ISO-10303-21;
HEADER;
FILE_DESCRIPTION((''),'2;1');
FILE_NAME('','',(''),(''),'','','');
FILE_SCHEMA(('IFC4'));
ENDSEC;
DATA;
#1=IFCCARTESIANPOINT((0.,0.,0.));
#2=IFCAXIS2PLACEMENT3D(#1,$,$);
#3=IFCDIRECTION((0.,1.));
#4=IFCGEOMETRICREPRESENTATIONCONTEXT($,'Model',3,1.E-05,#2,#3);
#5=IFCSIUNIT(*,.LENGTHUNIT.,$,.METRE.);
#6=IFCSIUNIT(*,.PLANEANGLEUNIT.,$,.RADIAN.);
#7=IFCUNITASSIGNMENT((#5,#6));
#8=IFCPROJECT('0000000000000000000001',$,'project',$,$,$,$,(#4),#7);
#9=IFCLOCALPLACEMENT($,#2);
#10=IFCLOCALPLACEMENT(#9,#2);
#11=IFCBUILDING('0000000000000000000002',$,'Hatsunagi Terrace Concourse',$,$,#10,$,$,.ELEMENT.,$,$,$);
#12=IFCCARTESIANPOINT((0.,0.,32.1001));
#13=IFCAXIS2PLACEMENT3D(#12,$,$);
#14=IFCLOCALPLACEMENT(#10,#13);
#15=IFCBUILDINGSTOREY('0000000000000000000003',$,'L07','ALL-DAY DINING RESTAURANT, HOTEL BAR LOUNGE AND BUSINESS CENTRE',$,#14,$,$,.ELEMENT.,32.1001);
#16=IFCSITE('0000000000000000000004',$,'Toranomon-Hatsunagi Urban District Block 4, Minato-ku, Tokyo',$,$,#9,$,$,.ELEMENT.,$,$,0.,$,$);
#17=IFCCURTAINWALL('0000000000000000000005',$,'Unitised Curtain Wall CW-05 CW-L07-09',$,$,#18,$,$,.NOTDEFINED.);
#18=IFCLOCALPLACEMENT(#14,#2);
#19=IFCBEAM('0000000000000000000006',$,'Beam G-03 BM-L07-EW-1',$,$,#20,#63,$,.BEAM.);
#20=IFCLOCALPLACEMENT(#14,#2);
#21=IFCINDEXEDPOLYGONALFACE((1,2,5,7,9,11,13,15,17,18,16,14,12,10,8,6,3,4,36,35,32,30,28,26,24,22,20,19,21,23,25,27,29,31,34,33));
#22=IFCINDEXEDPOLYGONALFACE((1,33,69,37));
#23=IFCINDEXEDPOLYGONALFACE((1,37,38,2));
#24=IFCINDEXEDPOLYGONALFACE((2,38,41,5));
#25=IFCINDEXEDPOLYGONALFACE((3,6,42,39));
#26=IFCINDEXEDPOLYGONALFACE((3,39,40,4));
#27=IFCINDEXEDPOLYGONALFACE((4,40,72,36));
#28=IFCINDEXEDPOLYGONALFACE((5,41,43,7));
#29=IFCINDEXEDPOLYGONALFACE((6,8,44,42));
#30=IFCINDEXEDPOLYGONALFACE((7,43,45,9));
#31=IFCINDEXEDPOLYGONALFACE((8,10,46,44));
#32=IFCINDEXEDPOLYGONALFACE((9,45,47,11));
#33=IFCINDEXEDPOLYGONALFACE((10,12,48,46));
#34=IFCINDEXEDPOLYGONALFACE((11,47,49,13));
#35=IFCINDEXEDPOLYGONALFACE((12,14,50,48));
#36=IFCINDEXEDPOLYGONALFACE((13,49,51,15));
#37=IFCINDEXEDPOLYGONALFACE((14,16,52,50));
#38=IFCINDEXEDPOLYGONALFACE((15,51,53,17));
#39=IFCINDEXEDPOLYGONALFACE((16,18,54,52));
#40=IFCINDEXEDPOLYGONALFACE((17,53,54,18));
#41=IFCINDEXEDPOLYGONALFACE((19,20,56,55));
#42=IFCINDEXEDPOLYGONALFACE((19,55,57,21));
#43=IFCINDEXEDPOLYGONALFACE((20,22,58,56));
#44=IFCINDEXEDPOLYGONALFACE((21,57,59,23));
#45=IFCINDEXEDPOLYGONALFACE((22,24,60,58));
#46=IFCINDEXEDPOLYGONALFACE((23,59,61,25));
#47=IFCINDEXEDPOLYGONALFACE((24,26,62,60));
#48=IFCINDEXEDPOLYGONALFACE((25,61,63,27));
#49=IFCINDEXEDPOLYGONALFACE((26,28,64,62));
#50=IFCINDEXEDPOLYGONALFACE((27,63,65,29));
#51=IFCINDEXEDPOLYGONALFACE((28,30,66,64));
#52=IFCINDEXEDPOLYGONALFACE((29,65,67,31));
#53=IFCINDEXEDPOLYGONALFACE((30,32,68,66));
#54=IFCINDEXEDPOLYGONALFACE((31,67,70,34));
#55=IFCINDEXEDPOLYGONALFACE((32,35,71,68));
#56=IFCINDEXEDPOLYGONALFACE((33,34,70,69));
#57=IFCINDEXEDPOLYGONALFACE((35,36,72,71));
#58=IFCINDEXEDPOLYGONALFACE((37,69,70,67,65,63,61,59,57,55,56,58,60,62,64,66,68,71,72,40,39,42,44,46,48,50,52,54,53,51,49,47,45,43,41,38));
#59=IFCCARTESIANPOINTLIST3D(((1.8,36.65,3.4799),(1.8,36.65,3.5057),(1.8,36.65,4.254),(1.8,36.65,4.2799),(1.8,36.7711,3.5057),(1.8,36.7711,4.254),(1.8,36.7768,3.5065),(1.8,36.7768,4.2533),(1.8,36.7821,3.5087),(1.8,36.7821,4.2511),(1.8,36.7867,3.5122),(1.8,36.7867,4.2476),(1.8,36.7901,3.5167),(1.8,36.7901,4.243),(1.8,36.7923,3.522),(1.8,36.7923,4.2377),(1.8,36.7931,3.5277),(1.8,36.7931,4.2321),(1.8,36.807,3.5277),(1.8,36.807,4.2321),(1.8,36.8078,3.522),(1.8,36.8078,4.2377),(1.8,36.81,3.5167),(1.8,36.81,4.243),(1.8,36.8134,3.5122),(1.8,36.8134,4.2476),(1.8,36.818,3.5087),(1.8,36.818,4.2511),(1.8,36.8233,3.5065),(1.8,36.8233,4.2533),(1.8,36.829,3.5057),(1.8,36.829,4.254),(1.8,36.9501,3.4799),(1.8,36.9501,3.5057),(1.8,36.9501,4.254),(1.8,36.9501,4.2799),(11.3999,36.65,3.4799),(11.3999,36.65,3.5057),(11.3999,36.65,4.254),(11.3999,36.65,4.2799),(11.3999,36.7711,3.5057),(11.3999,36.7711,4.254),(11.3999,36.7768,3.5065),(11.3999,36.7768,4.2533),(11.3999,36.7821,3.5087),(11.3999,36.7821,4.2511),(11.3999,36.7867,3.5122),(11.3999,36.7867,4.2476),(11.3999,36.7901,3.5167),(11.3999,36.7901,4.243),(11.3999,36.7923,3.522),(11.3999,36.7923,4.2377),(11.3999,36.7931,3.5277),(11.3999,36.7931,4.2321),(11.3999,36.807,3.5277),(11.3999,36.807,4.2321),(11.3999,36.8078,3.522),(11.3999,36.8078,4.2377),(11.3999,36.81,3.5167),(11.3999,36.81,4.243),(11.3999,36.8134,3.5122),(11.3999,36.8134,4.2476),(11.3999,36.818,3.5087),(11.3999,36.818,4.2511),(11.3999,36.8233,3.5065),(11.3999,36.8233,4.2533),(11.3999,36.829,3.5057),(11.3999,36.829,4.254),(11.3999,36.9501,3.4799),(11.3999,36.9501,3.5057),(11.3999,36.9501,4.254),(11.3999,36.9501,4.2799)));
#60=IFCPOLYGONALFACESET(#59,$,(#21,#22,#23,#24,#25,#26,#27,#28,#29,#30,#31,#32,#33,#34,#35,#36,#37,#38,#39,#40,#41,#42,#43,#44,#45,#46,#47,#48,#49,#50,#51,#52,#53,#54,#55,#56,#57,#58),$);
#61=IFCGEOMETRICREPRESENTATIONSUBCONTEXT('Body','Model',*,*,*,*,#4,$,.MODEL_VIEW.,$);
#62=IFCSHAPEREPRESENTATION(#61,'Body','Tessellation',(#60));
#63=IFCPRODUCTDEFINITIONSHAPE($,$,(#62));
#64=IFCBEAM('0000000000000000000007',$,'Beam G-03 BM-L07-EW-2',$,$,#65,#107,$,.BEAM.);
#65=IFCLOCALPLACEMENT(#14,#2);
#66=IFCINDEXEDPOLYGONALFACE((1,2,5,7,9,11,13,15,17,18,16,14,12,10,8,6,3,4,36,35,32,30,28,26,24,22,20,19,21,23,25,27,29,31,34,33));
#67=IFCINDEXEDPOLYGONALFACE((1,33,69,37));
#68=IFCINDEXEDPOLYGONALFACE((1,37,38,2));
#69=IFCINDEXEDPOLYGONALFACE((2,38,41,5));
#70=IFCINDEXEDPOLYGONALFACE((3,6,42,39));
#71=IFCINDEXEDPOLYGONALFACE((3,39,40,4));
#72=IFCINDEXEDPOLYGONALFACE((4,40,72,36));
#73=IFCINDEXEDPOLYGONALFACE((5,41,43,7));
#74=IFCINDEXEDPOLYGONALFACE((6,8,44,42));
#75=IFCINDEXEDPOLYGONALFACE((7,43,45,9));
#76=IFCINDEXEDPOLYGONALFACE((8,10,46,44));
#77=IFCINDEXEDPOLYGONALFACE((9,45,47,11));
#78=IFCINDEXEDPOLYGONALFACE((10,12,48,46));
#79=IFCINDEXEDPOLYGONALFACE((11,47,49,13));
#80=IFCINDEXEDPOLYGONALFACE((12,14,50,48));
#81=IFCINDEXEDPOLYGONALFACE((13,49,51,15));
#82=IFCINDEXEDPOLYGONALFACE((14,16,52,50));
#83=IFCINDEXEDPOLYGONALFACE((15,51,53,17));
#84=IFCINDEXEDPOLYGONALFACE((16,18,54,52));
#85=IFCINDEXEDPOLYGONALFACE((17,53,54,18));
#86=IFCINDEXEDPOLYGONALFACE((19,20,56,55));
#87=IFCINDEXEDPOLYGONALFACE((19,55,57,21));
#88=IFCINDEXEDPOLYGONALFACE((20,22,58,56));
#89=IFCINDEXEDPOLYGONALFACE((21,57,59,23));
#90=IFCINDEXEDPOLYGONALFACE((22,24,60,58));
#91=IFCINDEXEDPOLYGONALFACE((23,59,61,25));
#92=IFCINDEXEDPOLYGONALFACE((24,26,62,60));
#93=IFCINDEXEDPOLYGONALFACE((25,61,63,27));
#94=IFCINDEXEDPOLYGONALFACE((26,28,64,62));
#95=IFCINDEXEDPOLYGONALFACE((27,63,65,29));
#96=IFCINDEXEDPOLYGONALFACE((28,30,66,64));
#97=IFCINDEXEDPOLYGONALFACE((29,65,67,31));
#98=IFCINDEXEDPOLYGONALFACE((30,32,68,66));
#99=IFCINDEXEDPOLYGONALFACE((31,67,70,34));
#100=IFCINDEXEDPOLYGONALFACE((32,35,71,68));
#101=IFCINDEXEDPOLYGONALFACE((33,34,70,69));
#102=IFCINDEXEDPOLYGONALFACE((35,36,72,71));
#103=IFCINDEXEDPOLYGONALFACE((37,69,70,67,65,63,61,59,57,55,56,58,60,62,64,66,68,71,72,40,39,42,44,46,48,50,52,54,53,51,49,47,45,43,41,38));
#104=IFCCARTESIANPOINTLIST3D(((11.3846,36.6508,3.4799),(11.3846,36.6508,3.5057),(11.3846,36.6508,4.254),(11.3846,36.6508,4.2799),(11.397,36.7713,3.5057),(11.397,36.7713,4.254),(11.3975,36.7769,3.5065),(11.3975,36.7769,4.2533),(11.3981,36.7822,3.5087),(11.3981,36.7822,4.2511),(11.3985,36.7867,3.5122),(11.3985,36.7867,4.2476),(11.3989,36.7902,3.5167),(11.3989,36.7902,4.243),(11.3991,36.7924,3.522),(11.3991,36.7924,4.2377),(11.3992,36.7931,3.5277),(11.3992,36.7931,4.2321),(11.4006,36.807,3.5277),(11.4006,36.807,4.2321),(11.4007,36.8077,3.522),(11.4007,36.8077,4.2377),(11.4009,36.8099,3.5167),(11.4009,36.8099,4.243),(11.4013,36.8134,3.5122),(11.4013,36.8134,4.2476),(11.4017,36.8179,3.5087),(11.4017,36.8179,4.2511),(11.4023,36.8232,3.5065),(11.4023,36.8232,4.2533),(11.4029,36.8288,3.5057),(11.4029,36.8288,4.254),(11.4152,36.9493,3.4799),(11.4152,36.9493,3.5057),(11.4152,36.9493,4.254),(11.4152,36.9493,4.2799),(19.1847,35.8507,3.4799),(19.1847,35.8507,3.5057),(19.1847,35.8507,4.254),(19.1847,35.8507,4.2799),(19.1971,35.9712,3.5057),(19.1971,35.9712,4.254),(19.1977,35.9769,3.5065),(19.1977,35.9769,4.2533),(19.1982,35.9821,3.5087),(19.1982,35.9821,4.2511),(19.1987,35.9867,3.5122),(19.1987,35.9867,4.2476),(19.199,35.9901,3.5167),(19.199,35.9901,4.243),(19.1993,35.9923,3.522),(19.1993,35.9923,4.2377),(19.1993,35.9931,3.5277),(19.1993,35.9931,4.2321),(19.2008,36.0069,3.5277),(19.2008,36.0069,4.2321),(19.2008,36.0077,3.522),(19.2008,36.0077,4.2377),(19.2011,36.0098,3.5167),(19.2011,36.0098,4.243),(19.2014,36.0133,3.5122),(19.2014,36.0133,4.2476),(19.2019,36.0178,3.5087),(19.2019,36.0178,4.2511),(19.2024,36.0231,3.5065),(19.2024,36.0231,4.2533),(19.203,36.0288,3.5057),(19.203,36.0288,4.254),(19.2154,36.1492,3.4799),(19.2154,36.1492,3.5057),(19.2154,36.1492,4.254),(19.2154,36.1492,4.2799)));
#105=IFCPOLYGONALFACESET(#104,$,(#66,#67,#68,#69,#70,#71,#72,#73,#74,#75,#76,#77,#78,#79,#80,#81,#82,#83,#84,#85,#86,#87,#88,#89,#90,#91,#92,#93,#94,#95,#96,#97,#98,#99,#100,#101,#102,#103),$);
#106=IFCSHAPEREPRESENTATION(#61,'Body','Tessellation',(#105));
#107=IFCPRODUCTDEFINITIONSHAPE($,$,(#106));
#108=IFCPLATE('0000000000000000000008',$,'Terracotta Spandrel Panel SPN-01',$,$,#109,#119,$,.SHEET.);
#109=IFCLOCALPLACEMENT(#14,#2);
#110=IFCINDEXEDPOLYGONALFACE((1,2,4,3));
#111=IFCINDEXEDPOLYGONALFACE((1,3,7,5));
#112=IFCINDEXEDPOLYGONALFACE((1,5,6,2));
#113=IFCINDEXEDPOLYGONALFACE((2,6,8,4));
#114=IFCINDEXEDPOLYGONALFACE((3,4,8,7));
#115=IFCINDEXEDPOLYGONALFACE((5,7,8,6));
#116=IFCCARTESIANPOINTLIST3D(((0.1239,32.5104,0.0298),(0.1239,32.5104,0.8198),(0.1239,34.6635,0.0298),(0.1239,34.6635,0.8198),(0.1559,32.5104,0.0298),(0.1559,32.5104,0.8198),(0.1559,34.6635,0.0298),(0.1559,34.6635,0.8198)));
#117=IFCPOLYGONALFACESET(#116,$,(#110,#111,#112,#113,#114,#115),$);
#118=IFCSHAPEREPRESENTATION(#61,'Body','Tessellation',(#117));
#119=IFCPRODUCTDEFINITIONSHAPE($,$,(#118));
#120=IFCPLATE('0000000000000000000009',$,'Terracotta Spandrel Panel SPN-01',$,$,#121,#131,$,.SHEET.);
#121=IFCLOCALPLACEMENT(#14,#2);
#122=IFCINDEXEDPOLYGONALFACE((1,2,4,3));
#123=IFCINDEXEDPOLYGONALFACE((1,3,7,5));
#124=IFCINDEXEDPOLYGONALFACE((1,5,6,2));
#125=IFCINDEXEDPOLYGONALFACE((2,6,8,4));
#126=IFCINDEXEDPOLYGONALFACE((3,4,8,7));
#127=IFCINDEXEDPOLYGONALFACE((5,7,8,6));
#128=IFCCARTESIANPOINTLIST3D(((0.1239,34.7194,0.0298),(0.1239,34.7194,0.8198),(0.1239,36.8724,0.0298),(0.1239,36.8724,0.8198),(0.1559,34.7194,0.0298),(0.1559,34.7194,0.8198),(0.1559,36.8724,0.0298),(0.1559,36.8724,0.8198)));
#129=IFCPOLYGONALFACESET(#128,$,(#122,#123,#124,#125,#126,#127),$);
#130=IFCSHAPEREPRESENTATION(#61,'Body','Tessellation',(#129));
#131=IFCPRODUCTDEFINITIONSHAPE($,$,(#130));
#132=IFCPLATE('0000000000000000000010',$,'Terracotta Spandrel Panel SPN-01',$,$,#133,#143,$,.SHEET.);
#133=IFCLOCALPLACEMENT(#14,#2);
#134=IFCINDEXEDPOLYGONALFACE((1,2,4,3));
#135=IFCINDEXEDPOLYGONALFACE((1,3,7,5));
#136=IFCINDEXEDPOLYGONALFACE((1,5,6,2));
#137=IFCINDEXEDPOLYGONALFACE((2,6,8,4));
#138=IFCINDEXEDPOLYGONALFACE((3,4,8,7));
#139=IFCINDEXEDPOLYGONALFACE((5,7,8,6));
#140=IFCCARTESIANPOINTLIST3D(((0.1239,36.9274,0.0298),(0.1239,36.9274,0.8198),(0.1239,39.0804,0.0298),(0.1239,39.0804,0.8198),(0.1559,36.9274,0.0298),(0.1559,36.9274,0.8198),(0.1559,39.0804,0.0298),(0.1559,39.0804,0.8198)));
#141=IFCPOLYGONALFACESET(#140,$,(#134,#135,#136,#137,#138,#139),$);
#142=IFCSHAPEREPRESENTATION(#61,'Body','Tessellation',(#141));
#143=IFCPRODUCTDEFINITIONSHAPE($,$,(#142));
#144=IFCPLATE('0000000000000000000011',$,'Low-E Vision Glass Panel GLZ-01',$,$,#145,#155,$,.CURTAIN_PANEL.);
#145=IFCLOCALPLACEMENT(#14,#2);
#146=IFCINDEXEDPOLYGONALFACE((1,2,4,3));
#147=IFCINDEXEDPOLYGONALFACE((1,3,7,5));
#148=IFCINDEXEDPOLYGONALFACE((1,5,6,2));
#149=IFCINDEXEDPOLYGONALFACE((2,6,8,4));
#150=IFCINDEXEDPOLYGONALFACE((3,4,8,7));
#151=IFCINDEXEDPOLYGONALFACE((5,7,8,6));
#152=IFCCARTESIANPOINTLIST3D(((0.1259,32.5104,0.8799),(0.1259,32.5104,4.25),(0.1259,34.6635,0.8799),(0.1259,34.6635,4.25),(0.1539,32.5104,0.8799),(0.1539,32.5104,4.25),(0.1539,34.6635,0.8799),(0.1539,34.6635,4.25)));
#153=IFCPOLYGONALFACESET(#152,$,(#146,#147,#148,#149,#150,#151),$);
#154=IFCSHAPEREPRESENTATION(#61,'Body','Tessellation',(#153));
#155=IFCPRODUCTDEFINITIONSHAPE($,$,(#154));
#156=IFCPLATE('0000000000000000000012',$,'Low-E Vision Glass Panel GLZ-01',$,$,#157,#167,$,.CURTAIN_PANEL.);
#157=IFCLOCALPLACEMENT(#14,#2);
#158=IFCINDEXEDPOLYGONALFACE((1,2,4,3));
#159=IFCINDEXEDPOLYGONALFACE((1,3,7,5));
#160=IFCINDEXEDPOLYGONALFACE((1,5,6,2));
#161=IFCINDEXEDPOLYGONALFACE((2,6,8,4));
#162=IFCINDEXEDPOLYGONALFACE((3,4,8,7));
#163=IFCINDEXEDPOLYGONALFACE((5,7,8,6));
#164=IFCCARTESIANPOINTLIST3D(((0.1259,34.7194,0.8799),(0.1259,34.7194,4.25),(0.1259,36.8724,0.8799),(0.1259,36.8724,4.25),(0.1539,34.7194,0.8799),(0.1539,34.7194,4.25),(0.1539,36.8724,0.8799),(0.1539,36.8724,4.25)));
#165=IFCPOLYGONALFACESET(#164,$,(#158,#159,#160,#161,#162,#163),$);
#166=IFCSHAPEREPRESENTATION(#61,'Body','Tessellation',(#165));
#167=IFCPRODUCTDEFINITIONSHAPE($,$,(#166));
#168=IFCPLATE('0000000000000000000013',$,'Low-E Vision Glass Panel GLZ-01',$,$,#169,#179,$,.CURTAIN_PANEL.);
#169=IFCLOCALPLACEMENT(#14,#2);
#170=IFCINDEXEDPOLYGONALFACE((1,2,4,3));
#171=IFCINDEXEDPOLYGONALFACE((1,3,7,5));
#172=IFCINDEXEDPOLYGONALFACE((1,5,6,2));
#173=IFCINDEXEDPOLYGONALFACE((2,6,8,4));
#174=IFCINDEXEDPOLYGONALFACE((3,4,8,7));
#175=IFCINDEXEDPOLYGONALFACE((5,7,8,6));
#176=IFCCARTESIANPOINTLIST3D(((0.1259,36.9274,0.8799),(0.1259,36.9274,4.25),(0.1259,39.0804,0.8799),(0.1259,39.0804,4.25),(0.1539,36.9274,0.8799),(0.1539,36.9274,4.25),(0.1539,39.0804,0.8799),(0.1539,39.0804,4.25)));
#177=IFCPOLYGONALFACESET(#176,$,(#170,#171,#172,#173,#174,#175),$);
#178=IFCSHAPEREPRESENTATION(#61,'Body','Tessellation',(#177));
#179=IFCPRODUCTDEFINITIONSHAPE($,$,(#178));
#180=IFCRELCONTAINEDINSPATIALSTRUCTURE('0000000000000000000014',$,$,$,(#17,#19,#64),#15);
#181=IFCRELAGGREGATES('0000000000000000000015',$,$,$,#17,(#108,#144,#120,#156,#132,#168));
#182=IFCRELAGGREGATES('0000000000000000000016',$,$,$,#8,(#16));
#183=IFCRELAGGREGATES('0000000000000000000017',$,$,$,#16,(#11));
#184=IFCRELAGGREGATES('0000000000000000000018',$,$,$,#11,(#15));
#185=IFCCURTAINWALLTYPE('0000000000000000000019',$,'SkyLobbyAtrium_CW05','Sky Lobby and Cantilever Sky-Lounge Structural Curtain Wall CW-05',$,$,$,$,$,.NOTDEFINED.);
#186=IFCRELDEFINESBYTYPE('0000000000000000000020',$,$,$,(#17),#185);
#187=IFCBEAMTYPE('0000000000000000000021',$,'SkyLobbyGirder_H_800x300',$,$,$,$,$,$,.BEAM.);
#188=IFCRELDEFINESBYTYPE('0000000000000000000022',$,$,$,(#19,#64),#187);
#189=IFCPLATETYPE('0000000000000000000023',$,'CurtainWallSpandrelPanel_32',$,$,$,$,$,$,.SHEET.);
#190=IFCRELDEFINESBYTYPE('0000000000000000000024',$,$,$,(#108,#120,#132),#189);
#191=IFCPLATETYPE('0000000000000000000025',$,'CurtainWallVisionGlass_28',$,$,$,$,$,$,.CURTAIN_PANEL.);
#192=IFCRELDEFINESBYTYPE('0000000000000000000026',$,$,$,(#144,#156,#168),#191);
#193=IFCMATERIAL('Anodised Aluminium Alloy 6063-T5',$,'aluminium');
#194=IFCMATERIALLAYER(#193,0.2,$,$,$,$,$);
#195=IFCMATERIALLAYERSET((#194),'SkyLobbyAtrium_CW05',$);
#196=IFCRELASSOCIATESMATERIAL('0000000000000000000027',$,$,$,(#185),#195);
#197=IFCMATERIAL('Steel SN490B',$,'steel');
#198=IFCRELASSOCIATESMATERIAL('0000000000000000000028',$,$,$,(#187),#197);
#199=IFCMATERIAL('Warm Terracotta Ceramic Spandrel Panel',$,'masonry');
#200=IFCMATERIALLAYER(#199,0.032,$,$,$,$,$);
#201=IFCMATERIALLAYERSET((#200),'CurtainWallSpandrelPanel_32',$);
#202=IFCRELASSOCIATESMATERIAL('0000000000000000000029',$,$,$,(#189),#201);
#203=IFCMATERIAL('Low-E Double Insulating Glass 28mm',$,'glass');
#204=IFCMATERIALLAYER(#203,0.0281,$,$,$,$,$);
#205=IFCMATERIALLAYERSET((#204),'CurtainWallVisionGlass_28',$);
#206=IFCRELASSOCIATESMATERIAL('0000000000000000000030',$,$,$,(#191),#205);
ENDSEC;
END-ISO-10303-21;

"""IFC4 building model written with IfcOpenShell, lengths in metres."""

from ifc_helpers import new_model, si_unit, direction, frame, origin, origin_2d, place, context, subcontext, project, spatial, rectangle, i_section, extrude, material, layer, layer_set, material_profile, profile_set, type_object, element, aggregate, save


model = new_model("IFC4")

# Units and contexts
model_context = context("Model", 3, precision=1e-05, world=origin(), true_north=direction((0.0, 1.0)))
body_context = subcontext(model_context, "Body", "Model", "MODEL_VIEW")
ifc_project = project(units=[si_unit("LENGTHUNIT", "METRE"), si_unit("PLANEANGLEUNIT", "RADIAN")], contexts=[model_context])

# Site, building, storey
site_placement = place(None, origin())
site = spatial("IfcSite", under=ifc_project, at=site_placement, Name="Toranomon-Hatsunagi Urban District Block 4, Minato-ku, Tokyo", CompositionType="ELEMENT", RefElevation=0.0)
building_placement = place(site_placement, origin())
building = spatial("IfcBuilding", under=site, at=building_placement, Name="Hatsunagi Terrace Concourse", CompositionType="ELEMENT")
storey_placement = place(building_placement, frame((0.0, 0.0, 32.1001)))
storey = spatial("IfcBuildingStorey", under=building, at=storey_placement, Name="L07", Description="ALL-DAY DINING RESTAURANT, HOTEL BAR LOUNGE AND BUSINESS CENTRE", CompositionType="ELEMENT", Elevation=32.1001)

# Curtain wall
ifc_material_1 = material(Name="Anodised Aluminium Alloy 6063-T5", Category="aluminium")
ifc_layer_1 = layer(ifc_material_1, 0.2)
ifc_layer_set_1 = layer_set([ifc_layer_1], Name="SkyLobbyAtrium_CW05")
curtain_wall_type = type_object("IfcCurtainWallType", Name="SkyLobbyAtrium_CW05", Description="Sky Lobby and Cantilever Sky-Lounge Structural Curtain Wall CW-05", PredefinedType="NOTDEFINED", material=ifc_layer_set_1)
curtain_wall_placement = place(storey_placement, origin())
curtain_wall = element("IfcCurtainWall", 1, at=curtain_wall_placement, inside=storey, type_object=curtain_wall_type, Name="Unitised Curtain Wall CW-05 CW-L07-09", PredefinedType="NOTDEFINED")

# Beams
ifc_material_2 = material(Name="Steel SN490B", Category="steel")
ifc_material_profile_1 = material_profile(ifc_material_2, i_section(OverallWidth=0.3, OverallDepth=0.8, WebThickness=0.0139, FlangeThickness=0.0259, FilletRadius=0.022, at=origin_2d()), Name="H-800x300x14x26")
ifc_profile_set_1 = profile_set([ifc_material_profile_1], Name="Steel SN490B")
beam_type_1 = type_object("IfcBeamType", Name="SkyLobbyGirder_H_800x300", PredefinedType="BEAM", material=ifc_profile_set_1)
beam_1_placement = place(storey_placement, frame((1.8, 36.8, 3.8799), z_axis=(1.0, 0.0, 0.0), x_axis=(0.0, 1.0, 0.0)))
element("IfcBeam", 2, at=beam_1_placement, inside=storey, type_object=beam_type_1, Name="Beam G-03 BM-L07-EW-1", PredefinedType="BEAM", context=body_context, shape_type="SweptSolid", body=[
    extrude(i_section(OverallWidth=0.3, OverallDepth=0.8, WebThickness=0.0139, FlangeThickness=0.0259, FilletRadius=0.022, at=origin_2d()), origin(), (0.0, 0.0, 1.0), 9.5999),
])
beam_2_placement = place(storey_placement, frame((11.3999, 36.8, 3.8799), z_axis=(0.994781, -0.102034, 0.0), x_axis=(0.102034, 0.994781, 0.0)))
element("IfcBeam", 3, at=beam_2_placement, inside=storey, type_object=beam_type_1, Name="Beam G-03 BM-L07-EW-2", PredefinedType="BEAM", context=body_context, shape_type="SweptSolid", body=[
    extrude(i_section(OverallWidth=0.3, OverallDepth=0.8, WebThickness=0.0139, FlangeThickness=0.0259, FilletRadius=0.022, at=origin_2d()), origin(), (0.0, 0.0, 1.0), 7.8411),
])

# Plates
ifc_material_3 = material(Name="Warm Terracotta Ceramic Spandrel Panel", Category="masonry")
ifc_layer_2 = layer(ifc_material_3, 0.032)
ifc_layer_set_2 = layer_set([ifc_layer_2], Name="CurtainWallSpandrelPanel_32")
plate_type_1 = type_object("IfcPlateType", Name="CurtainWallSpandrelPanel_32", PredefinedType="SHEET", material=ifc_layer_set_2)
plate_1_placement = place(storey_placement, frame((0.1399, 33.5869, 0.0298), z_axis=(0.0, 0.0, 1.0), x_axis=(0.0, 1.0, 0.0)))
plate_1 = element("IfcPlate", 4, at=plate_1_placement, type_object=plate_type_1, Name="Terracotta Spandrel Panel SPN-01", PredefinedType="SHEET", context=body_context, shape_type="SweptSolid", body=[
    extrude(rectangle(XDim=2.1531, YDim=0.032, at=origin_2d()), origin(), (0.0, 0.0, 1.0), 0.79),
])
plate_2_placement = place(storey_placement, frame((0.1399, 35.7959, 0.0298), z_axis=(0.0, 0.0, 1.0), x_axis=(0.0, 1.0, 0.0)))
plate_2 = element("IfcPlate", 5, at=plate_2_placement, type_object=plate_type_1, Name="Terracotta Spandrel Panel SPN-01", PredefinedType="SHEET", context=body_context, shape_type="SweptSolid", body=[
    extrude(rectangle(XDim=2.1531, YDim=0.032, at=origin_2d()), origin(), (0.0, 0.0, 1.0), 0.79),
])
plate_3_placement = place(storey_placement, frame((0.1399, 38.0039, 0.0298), z_axis=(0.0, 0.0, 1.0), x_axis=(0.0, 1.0, 0.0)))
plate_3 = element("IfcPlate", 6, at=plate_3_placement, type_object=plate_type_1, Name="Terracotta Spandrel Panel SPN-01", PredefinedType="SHEET", context=body_context, shape_type="SweptSolid", body=[
    extrude(rectangle(XDim=2.1531, YDim=0.032, at=origin_2d()), origin(), (0.0, 0.0, 1.0), 0.79),
])
ifc_material_4 = material(Name="Low-E Double Insulating Glass 28mm", Category="glass")
ifc_layer_3 = layer(ifc_material_4, 0.0281)
ifc_layer_set_3 = layer_set([ifc_layer_3], Name="CurtainWallVisionGlass_28")
plate_type_2 = type_object("IfcPlateType", Name="CurtainWallVisionGlass_28", PredefinedType="CURTAIN_PANEL", material=ifc_layer_set_3)
plate_4_placement = place(storey_placement, frame((0.1399, 33.5869, 0.8799), z_axis=(0.0, 0.0, 1.0), x_axis=(0.0, 1.0, 0.0)))
plate_4 = element("IfcPlate", 7, at=plate_4_placement, type_object=plate_type_2, Name="Low-E Vision Glass Panel GLZ-01", PredefinedType="CURTAIN_PANEL", context=body_context, shape_type="SweptSolid", body=[
    extrude(rectangle(XDim=2.1531, YDim=0.0281, at=origin_2d()), origin(), (0.0, 0.0, 1.0), 3.3701),
])
plate_5_placement = place(storey_placement, frame((0.1399, 35.7959, 0.8799), z_axis=(0.0, 0.0, 1.0), x_axis=(0.0, 1.0, 0.0)))
plate_5 = element("IfcPlate", 8, at=plate_5_placement, type_object=plate_type_2, Name="Low-E Vision Glass Panel GLZ-01", PredefinedType="CURTAIN_PANEL", context=body_context, shape_type="SweptSolid", body=[
    extrude(rectangle(XDim=2.1531, YDim=0.0281, at=origin_2d()), origin(), (0.0, 0.0, 1.0), 3.3701),
])
plate_6_placement = place(storey_placement, frame((0.1399, 38.0039, 0.8799), z_axis=(0.0, 0.0, 1.0), x_axis=(0.0, 1.0, 0.0)))
plate_6 = element("IfcPlate", 9, at=plate_6_placement, type_object=plate_type_2, Name="Low-E Vision Glass Panel GLZ-01", PredefinedType="CURTAIN_PANEL", context=body_context, shape_type="SweptSolid", body=[
    extrude(rectangle(XDim=2.1531, YDim=0.0281, at=origin_2d()), origin(), (0.0, 0.0, 1.0), 3.3701),
])
aggregate(curtain_wall, [plate_1, plate_4, plate_2, plate_5, plate_3, plate_6])

save(model, "model.ifc")
